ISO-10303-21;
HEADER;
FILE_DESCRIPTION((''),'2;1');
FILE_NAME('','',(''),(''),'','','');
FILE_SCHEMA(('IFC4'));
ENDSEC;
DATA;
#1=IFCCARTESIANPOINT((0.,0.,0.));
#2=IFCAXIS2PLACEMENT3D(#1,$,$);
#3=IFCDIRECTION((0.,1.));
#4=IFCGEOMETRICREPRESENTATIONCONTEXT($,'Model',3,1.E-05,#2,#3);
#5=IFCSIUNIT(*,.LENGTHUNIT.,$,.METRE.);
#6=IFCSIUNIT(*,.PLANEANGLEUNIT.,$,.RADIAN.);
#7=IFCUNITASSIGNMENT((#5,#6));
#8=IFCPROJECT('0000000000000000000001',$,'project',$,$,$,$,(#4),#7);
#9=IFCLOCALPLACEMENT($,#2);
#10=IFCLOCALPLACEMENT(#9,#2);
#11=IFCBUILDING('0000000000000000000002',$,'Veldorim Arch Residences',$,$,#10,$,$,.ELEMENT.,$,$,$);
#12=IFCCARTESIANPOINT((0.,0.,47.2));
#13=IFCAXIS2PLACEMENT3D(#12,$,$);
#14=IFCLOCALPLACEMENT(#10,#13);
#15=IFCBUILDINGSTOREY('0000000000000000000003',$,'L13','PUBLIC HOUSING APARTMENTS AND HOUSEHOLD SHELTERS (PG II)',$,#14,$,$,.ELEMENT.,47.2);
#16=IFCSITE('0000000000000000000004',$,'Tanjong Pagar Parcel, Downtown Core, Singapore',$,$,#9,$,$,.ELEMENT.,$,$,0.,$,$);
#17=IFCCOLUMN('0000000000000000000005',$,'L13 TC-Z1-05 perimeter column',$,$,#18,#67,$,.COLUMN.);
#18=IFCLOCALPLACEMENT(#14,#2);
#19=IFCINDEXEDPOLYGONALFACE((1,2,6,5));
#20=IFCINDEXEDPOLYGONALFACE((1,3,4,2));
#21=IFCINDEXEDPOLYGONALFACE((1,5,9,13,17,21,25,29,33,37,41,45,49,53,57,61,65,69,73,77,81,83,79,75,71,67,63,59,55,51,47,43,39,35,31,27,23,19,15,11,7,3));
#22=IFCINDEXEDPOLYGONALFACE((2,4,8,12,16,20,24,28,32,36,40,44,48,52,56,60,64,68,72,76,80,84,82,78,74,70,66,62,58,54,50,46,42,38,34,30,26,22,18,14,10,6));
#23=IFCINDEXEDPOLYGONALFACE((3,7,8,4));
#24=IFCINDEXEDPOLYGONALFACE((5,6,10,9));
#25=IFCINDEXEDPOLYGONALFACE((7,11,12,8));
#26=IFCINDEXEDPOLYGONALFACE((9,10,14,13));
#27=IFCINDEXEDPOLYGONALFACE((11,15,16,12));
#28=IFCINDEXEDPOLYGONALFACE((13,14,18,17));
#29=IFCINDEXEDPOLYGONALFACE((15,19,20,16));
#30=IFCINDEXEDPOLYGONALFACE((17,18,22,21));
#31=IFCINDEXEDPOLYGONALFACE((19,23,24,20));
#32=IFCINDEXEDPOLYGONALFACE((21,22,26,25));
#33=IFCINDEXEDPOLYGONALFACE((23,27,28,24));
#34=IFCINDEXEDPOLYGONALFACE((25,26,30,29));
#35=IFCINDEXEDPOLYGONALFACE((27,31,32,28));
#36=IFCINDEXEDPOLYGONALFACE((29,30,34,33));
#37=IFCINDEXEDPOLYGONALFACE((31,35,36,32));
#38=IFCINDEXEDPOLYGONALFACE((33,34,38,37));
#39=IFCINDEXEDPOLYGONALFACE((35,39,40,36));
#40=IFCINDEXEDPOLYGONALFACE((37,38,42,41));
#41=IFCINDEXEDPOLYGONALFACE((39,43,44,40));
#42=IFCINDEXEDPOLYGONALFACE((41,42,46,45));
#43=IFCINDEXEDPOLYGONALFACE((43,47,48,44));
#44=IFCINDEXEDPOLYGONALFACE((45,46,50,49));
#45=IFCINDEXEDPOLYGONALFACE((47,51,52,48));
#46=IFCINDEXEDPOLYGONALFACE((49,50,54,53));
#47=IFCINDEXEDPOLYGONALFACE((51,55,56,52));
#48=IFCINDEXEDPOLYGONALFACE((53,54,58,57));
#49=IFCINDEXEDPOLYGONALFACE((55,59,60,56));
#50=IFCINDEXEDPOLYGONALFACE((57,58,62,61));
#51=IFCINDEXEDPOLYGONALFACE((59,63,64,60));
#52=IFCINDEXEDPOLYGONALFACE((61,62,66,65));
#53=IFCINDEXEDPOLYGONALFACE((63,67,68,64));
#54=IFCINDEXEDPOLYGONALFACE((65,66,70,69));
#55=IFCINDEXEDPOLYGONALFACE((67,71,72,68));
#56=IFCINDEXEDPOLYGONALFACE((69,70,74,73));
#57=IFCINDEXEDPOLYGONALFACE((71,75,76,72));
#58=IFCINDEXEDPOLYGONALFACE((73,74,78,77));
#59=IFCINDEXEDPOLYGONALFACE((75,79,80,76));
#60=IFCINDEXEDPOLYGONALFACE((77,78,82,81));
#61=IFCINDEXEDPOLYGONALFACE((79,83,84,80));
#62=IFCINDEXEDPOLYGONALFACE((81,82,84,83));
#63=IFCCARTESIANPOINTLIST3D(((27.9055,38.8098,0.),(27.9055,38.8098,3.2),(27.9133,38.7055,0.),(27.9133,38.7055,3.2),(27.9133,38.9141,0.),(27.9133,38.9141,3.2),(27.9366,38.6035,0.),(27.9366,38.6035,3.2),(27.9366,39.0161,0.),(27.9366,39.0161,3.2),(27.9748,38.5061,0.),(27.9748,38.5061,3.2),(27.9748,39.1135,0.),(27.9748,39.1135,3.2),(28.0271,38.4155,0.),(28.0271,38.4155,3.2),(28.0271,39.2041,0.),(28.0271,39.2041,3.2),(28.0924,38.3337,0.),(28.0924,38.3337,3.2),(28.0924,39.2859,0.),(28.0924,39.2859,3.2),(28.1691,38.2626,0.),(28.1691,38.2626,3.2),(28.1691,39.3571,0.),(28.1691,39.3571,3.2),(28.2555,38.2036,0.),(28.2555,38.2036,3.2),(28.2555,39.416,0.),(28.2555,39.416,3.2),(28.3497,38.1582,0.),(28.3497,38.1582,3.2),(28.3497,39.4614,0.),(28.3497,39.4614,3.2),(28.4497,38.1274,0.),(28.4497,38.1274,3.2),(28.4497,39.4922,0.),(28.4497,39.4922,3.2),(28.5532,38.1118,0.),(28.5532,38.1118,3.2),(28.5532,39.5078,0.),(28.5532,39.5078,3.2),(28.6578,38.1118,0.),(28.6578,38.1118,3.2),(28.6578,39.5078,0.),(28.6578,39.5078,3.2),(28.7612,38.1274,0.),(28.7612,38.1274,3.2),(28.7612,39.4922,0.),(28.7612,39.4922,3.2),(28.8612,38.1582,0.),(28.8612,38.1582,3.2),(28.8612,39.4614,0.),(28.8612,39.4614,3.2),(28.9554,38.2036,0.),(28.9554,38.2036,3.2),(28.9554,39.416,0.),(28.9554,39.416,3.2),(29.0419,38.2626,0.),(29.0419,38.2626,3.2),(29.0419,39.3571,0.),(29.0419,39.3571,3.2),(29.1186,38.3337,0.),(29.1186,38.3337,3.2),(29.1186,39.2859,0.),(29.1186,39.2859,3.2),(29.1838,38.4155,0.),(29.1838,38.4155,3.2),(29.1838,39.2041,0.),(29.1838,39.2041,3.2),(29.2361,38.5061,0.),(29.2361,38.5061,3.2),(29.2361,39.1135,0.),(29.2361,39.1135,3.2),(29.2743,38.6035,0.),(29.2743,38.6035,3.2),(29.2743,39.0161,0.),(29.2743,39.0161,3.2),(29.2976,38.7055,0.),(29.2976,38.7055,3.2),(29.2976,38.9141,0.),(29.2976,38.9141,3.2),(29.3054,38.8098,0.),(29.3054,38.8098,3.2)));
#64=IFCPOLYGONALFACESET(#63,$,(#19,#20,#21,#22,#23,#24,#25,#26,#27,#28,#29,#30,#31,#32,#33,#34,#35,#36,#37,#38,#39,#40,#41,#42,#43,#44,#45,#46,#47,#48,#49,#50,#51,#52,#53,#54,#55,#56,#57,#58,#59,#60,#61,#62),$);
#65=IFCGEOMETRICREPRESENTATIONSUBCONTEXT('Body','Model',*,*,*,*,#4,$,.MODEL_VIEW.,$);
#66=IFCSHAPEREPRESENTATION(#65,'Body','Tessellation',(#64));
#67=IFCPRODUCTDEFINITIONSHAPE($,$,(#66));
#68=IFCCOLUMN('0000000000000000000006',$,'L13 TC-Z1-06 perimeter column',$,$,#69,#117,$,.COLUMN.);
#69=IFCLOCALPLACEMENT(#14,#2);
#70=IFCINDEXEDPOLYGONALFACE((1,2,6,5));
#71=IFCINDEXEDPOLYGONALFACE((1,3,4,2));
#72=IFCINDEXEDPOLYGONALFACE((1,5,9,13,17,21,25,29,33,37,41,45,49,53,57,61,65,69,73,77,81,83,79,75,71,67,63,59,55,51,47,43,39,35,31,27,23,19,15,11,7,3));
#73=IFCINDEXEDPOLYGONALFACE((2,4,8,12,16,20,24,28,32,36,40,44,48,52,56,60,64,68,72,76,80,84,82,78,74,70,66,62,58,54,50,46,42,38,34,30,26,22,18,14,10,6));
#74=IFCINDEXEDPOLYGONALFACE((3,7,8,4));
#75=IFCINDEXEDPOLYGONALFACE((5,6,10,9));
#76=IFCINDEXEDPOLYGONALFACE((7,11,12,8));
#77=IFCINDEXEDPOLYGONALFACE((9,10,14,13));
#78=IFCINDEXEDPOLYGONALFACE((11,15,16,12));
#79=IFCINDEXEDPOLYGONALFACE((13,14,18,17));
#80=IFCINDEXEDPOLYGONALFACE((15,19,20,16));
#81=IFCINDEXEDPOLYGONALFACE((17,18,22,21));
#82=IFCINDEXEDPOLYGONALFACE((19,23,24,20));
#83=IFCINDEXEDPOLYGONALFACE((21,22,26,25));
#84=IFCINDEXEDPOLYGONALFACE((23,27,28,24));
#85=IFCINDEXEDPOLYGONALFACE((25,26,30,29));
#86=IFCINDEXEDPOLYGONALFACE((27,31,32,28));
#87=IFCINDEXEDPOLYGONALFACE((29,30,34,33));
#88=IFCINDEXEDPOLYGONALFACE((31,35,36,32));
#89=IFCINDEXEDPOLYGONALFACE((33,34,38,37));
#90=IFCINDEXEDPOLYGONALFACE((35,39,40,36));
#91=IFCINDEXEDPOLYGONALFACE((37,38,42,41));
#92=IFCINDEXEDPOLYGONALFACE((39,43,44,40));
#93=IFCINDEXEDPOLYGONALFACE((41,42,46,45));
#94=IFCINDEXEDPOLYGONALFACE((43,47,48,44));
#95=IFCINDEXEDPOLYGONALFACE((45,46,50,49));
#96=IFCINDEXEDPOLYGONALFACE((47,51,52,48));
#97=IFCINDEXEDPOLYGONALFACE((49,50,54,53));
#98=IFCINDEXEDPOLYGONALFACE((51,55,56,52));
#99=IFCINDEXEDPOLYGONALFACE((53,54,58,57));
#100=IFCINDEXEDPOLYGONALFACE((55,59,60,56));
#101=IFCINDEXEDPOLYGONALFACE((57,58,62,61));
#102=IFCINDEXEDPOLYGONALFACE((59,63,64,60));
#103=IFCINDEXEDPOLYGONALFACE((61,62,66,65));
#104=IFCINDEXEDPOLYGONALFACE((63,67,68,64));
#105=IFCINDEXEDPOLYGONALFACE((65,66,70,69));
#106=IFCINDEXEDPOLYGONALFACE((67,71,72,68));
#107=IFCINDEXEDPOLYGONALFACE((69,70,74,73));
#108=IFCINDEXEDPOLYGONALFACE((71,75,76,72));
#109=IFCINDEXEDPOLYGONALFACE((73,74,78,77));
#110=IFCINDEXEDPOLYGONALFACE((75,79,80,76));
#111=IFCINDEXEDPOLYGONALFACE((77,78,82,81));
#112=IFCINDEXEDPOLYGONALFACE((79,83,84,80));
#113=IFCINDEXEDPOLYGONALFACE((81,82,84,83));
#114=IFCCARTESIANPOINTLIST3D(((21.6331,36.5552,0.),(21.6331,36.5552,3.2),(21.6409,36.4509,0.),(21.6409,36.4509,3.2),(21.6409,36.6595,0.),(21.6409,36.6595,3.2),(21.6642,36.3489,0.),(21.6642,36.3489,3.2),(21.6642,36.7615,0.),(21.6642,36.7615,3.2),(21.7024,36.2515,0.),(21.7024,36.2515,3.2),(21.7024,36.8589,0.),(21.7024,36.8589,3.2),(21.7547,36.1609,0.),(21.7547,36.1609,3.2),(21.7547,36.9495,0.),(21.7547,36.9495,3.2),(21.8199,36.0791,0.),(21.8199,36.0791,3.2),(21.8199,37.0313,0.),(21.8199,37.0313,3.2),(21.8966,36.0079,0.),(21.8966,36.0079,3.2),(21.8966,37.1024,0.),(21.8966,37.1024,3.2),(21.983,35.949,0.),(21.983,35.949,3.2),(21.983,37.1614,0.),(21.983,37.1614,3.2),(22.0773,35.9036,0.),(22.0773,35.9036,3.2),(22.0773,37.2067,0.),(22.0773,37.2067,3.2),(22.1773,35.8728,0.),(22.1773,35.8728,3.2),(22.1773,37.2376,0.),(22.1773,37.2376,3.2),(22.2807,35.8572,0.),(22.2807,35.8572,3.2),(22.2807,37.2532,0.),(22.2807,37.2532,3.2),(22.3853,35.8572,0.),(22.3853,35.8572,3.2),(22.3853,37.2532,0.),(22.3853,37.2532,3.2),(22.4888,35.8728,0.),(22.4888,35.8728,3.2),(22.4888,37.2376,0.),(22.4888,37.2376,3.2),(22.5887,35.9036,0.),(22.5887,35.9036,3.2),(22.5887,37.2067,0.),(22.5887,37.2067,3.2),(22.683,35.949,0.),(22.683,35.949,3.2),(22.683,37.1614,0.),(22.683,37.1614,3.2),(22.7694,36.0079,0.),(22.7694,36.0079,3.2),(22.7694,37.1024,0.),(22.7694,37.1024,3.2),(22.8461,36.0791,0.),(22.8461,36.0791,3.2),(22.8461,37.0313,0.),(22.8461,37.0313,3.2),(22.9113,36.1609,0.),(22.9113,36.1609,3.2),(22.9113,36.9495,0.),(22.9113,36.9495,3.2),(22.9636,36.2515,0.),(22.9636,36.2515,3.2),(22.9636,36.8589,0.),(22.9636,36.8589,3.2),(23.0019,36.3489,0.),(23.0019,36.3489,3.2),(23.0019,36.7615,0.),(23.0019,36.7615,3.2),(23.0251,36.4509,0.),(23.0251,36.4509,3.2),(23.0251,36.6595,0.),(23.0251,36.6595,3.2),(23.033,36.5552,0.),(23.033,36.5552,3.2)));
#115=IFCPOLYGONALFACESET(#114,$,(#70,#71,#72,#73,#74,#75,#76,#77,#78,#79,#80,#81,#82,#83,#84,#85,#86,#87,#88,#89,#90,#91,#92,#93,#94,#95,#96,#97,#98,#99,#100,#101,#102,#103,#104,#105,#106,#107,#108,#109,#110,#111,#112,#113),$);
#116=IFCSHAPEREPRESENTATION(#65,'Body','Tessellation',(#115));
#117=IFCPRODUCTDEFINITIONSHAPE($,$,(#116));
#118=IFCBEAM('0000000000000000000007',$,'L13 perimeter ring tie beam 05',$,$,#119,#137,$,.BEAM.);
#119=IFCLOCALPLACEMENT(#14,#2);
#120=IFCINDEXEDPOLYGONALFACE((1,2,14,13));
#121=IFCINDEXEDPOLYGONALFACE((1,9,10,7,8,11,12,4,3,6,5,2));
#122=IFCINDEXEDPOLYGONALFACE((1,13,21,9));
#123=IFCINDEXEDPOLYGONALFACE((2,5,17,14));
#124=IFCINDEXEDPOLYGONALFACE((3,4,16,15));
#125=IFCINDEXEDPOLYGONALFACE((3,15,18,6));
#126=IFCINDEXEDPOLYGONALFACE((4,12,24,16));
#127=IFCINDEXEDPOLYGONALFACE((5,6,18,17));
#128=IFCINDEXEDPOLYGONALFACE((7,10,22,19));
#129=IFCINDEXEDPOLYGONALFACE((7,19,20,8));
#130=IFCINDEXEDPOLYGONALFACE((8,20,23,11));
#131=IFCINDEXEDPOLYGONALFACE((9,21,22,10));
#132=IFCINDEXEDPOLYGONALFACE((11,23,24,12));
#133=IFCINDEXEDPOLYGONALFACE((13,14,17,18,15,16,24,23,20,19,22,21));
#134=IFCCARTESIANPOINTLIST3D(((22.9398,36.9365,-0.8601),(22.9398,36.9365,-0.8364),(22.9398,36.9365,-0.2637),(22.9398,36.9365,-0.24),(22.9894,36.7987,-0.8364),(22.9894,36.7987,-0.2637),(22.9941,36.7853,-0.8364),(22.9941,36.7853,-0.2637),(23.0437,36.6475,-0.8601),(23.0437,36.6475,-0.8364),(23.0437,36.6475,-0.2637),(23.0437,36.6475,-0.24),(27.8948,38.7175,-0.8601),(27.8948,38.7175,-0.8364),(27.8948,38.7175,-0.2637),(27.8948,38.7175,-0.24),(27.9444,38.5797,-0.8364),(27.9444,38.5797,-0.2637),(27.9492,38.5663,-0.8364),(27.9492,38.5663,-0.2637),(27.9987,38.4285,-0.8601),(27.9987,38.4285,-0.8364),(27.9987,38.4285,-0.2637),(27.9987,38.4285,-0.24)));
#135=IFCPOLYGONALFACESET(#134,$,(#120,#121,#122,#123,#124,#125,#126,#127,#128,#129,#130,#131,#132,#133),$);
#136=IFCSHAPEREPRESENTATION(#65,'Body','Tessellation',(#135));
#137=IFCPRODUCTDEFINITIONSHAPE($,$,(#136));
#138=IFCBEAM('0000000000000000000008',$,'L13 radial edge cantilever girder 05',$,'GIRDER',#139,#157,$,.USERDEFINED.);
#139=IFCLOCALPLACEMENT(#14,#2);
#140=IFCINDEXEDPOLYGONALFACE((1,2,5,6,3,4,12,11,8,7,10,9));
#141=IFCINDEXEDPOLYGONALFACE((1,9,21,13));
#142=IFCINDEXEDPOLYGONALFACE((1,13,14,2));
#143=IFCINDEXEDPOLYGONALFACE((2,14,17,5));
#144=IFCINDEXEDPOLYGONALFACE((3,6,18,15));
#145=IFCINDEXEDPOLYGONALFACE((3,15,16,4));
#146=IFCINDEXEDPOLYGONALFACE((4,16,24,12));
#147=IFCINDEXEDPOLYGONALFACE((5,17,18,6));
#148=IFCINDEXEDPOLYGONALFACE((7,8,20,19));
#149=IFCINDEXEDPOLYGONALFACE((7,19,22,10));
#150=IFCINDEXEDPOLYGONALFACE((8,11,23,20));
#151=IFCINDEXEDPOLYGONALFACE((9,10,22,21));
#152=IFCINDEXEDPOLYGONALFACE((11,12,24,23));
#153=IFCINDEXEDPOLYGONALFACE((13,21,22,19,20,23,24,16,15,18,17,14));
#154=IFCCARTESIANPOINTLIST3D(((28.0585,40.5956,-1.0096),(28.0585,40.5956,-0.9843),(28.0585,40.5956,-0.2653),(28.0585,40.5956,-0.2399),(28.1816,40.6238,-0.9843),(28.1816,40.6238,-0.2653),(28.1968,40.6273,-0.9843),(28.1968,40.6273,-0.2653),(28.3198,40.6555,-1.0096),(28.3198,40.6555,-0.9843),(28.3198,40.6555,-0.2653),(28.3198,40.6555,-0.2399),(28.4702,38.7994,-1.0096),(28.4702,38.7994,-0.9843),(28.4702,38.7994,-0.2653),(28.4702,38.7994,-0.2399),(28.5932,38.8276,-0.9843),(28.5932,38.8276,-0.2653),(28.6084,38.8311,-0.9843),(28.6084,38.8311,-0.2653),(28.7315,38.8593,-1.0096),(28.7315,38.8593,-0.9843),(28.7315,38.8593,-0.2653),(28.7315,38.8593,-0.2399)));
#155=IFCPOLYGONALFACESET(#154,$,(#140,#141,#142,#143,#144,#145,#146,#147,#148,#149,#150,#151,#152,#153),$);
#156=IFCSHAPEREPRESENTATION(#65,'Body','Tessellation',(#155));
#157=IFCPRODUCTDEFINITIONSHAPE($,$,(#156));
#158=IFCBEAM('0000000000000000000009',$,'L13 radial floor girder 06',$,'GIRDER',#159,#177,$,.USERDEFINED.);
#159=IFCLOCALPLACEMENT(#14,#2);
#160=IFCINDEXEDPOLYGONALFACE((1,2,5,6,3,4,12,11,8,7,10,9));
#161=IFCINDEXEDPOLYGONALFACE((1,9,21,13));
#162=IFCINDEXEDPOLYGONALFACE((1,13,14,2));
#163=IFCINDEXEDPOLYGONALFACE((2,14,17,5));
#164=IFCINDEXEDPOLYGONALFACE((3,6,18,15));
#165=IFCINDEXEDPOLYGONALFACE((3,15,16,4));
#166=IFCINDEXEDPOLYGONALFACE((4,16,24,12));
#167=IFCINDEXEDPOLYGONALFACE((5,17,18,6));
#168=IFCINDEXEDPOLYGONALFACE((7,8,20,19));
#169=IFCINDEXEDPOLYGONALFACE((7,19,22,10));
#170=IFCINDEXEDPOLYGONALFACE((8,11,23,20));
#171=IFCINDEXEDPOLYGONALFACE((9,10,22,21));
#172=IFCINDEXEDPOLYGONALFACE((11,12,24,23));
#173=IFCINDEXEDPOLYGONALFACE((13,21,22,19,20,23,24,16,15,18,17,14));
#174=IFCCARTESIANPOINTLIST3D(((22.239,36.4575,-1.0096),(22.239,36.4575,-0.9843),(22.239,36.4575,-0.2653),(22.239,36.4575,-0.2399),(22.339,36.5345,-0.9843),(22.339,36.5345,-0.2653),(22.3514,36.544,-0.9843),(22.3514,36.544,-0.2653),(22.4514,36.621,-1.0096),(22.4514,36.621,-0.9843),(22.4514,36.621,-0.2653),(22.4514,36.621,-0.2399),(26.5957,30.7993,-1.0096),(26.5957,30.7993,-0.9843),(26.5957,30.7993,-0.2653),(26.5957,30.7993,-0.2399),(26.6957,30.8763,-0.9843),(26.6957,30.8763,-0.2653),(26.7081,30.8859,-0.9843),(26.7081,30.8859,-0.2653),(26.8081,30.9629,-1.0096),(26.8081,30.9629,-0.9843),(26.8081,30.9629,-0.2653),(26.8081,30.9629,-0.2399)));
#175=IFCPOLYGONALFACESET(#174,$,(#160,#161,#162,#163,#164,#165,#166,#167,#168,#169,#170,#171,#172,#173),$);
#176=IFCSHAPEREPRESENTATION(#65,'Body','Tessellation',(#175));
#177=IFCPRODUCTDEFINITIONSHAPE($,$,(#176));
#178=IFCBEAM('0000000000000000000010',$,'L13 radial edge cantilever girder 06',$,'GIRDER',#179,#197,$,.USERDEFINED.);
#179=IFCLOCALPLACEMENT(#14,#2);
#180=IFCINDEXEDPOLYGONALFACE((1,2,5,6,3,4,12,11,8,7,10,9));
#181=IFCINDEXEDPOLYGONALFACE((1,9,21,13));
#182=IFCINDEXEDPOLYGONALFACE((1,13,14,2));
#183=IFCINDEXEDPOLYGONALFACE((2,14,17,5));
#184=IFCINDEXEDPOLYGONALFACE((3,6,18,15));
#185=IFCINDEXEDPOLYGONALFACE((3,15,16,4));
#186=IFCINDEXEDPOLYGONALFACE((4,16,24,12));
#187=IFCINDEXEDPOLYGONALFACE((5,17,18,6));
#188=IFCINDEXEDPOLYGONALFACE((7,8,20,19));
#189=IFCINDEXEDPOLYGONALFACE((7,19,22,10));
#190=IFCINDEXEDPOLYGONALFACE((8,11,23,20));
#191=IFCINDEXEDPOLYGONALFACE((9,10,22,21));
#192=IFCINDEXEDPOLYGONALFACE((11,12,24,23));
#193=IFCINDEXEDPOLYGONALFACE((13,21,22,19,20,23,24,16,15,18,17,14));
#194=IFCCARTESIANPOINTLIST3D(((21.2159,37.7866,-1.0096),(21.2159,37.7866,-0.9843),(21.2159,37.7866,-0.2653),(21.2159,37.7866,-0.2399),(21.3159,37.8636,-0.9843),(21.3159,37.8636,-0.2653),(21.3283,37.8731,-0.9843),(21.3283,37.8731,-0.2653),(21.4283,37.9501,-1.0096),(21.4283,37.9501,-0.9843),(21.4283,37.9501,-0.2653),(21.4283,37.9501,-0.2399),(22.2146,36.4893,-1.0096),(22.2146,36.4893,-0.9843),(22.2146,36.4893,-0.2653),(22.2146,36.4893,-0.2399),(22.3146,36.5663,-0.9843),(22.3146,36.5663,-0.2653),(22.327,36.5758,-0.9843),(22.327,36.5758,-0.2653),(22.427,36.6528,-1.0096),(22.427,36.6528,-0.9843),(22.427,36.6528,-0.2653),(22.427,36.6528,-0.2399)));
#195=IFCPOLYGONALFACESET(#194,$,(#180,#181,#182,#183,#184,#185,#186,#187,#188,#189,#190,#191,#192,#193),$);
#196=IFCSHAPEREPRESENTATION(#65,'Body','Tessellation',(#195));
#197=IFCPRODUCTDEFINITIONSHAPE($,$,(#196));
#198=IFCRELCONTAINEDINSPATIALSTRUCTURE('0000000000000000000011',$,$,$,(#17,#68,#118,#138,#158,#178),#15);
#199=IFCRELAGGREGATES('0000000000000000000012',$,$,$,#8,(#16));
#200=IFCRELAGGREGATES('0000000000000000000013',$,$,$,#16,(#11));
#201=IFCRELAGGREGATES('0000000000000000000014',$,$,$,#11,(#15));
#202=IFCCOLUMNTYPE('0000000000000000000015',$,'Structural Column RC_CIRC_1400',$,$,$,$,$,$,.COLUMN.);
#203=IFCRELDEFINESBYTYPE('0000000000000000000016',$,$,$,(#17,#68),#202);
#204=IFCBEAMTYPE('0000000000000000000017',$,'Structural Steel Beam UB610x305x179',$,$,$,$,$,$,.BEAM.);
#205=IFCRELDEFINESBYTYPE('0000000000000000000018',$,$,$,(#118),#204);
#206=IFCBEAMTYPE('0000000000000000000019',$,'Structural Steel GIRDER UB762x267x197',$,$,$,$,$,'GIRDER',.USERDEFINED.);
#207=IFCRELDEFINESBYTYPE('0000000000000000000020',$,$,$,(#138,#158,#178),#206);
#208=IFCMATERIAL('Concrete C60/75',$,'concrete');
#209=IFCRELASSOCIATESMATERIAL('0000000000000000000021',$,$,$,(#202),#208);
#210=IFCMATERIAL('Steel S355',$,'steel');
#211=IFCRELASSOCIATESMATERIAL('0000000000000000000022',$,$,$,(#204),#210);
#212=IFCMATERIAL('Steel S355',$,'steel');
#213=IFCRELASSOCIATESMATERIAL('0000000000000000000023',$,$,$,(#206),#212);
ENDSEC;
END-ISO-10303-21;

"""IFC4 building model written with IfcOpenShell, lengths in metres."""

from ifc_helpers import new_model, si_unit, direction, frame, origin, origin_2d, place, context, subcontext, project, spatial, circle, i_section, extrude, material, material_profile, profile_set, type_object, element, save


model = new_model("IFC4")

# Units and contexts
model_context = context("Model", 3, precision=1e-05, world=origin(), true_north=direction((0.0, 1.0)))
body_context = subcontext(model_context, "Body", "Model", "MODEL_VIEW")
ifc_project = project(units=[si_unit("LENGTHUNIT", "METRE"), si_unit("PLANEANGLEUNIT", "RADIAN")], contexts=[model_context])

# Site, building, storey
site_placement = place(None, origin())
site = spatial("IfcSite", under=ifc_project, at=site_placement, Name="Tanjong Pagar Parcel, Downtown Core, Singapore", CompositionType="ELEMENT", RefElevation=0.0)
building_placement = place(site_placement, origin())
building = spatial("IfcBuilding", under=site, at=building_placement, Name="Veldorim Arch Residences", CompositionType="ELEMENT")
storey_placement = place(building_placement, frame((0.0, 0.0, 47.2)))
storey = spatial("IfcBuildingStorey", under=building, at=storey_placement, Name="L13", Description="PUBLIC HOUSING APARTMENTS AND HOUSEHOLD SHELTERS (PG II)", CompositionType="ELEMENT", Elevation=47.2)

# Columns
ifc_material_1 = material(Name="Concrete C60/75", Category="concrete")
ifc_material_profile_1 = material_profile(ifc_material_1, circle(Radius=0.7, at=origin_2d()), Name="RC_CIRC_1400")
ifc_profile_set_1 = profile_set([ifc_material_profile_1], Name="Concrete C60/75")
column_type = type_object("IfcColumnType", Name="Structural Column RC_CIRC_1400", PredefinedType="COLUMN", material=ifc_profile_set_1)
for number, where, z_axis, x_axis, name in (
    (1, (28.6055, 38.8098, 0.0), (0.0, 0.0, 1.0), (1.0, 0.0, 0.0), "L13 TC-Z1-05 perimeter column"),
    (2, (22.333, 36.5552, 0.0), (0.0, 0.0, 1.0), (1.0, 0.0, 0.0), "L13 TC-Z1-06 perimeter column"),
):
    element("IfcColumn", number, at=place(storey_placement, frame(where, z_axis=z_axis, x_axis=x_axis)), inside=storey, type_object=column_type, Name=name, PredefinedType="COLUMN", context=body_context, shape_type="SweptSolid", body=[
        extrude(circle(Radius=0.7, at=origin_2d()), origin(), (0.0, 0.0, 1.0), 3.2),
    ])

# Beams
ifc_material_2 = material(Name="Steel S355", Category="steel")
ifc_material_profile_2 = material_profile(ifc_material_2, i_section(OverallWidth=0.3071, OverallDepth=0.6201, WebThickness=0.0142, FlangeThickness=0.0237, at=origin_2d()), Name="UB610x305x179")
ifc_profile_set_2 = profile_set([ifc_material_profile_2], Name="Steel S355")
beam_type_1 = type_object("IfcBeamType", Name="Structural Steel Beam UB610x305x179", PredefinedType="BEAM", material=ifc_profile_set_2)
beam_1_placement = place(storey_placement, frame((27.9468, 38.573, -0.55), z_axis=(-0.941058, -0.338245, 0.0), x_axis=(0.338245, -0.941058, 0.0)))
element("IfcBeam", 3, at=beam_1_placement, inside=storey, type_object=beam_type_1, Name="L13 perimeter ring tie beam 05", PredefinedType="BEAM", context=body_context, shape_type="SweptSolid", body=[
    extrude(i_section(OverallWidth=0.3071, OverallDepth=0.6201, WebThickness=0.0142, FlangeThickness=0.0237, at=origin_2d()), origin(), (0.0, 0.0, 1.0), 5.2654),
])
ifc_material_3 = material(Name="Steel S355", Category="steel")
ifc_material_profile_3 = material_profile(ifc_material_3, i_section(OverallWidth=0.2681, OverallDepth=0.7698, WebThickness=0.0156, FlangeThickness=0.0254, at=origin_2d()), Name="UB762x267x197")
ifc_profile_set_3 = profile_set([ifc_material_profile_3], Name="Steel S355")
beam_type_2 = type_object("IfcBeamType", Name="Structural Steel GIRDER UB762x267x197", ElementType="GIRDER", PredefinedType="USERDEFINED", material=ifc_profile_set_3)
beam_2_placement = place(storey_placement, frame((28.6008, 38.8293, -0.6248), z_axis=(-0.223379, 0.974732, 0.0), x_axis=(-0.974732, -0.223379, 0.0)))
element("IfcBeam", 4, at=beam_2_placement, inside=storey, type_object=beam_type_2, Name="L13 radial edge cantilever girder 05", ObjectType="GIRDER", PredefinedType="USERDEFINED", context=body_context, shape_type="SweptSolid", body=[
    extrude(i_section(OverallWidth=0.2681, OverallDepth=0.7698, WebThickness=0.0156, FlangeThickness=0.0254, at=origin_2d()), origin(), (0.0, 0.0, 1.0), 1.8428),
])
beam_3_placement = place(storey_placement, frame((26.7019, 30.8811, -0.6248), z_axis=(-0.610082, 0.792338, 0.0), x_axis=(-0.792338, -0.610082, 0.0)))
element("IfcBeam", 5, at=beam_3_placement, inside=storey, type_object=beam_type_2, Name="L13 radial floor girder 06", ObjectType="GIRDER", PredefinedType="USERDEFINED", context=body_context, shape_type="SweptSolid", body=[
    extrude(i_section(OverallWidth=0.2681, OverallDepth=0.7698, WebThickness=0.0156, FlangeThickness=0.0254, at=origin_2d()), origin(), (0.0, 0.0, 1.0), 7.1411),
])
beam_4_placement = place(storey_placement, frame((22.3208, 36.571, -0.6248), z_axis=(-0.610021, 0.792386, 0.0), x_axis=(-0.792386, -0.610021, 0.0)))
element("IfcBeam", 6, at=beam_4_placement, inside=storey, type_object=beam_type_2, Name="L13 radial edge cantilever girder 06", ObjectType="GIRDER", PredefinedType="USERDEFINED", context=body_context, shape_type="SweptSolid", body=[
    extrude(i_section(OverallWidth=0.2681, OverallDepth=0.7698, WebThickness=0.0156, FlangeThickness=0.0254, at=origin_2d()), origin(), (0.0, 0.0, 1.0), 1.6372),
])

save(model, "model.ifc")
